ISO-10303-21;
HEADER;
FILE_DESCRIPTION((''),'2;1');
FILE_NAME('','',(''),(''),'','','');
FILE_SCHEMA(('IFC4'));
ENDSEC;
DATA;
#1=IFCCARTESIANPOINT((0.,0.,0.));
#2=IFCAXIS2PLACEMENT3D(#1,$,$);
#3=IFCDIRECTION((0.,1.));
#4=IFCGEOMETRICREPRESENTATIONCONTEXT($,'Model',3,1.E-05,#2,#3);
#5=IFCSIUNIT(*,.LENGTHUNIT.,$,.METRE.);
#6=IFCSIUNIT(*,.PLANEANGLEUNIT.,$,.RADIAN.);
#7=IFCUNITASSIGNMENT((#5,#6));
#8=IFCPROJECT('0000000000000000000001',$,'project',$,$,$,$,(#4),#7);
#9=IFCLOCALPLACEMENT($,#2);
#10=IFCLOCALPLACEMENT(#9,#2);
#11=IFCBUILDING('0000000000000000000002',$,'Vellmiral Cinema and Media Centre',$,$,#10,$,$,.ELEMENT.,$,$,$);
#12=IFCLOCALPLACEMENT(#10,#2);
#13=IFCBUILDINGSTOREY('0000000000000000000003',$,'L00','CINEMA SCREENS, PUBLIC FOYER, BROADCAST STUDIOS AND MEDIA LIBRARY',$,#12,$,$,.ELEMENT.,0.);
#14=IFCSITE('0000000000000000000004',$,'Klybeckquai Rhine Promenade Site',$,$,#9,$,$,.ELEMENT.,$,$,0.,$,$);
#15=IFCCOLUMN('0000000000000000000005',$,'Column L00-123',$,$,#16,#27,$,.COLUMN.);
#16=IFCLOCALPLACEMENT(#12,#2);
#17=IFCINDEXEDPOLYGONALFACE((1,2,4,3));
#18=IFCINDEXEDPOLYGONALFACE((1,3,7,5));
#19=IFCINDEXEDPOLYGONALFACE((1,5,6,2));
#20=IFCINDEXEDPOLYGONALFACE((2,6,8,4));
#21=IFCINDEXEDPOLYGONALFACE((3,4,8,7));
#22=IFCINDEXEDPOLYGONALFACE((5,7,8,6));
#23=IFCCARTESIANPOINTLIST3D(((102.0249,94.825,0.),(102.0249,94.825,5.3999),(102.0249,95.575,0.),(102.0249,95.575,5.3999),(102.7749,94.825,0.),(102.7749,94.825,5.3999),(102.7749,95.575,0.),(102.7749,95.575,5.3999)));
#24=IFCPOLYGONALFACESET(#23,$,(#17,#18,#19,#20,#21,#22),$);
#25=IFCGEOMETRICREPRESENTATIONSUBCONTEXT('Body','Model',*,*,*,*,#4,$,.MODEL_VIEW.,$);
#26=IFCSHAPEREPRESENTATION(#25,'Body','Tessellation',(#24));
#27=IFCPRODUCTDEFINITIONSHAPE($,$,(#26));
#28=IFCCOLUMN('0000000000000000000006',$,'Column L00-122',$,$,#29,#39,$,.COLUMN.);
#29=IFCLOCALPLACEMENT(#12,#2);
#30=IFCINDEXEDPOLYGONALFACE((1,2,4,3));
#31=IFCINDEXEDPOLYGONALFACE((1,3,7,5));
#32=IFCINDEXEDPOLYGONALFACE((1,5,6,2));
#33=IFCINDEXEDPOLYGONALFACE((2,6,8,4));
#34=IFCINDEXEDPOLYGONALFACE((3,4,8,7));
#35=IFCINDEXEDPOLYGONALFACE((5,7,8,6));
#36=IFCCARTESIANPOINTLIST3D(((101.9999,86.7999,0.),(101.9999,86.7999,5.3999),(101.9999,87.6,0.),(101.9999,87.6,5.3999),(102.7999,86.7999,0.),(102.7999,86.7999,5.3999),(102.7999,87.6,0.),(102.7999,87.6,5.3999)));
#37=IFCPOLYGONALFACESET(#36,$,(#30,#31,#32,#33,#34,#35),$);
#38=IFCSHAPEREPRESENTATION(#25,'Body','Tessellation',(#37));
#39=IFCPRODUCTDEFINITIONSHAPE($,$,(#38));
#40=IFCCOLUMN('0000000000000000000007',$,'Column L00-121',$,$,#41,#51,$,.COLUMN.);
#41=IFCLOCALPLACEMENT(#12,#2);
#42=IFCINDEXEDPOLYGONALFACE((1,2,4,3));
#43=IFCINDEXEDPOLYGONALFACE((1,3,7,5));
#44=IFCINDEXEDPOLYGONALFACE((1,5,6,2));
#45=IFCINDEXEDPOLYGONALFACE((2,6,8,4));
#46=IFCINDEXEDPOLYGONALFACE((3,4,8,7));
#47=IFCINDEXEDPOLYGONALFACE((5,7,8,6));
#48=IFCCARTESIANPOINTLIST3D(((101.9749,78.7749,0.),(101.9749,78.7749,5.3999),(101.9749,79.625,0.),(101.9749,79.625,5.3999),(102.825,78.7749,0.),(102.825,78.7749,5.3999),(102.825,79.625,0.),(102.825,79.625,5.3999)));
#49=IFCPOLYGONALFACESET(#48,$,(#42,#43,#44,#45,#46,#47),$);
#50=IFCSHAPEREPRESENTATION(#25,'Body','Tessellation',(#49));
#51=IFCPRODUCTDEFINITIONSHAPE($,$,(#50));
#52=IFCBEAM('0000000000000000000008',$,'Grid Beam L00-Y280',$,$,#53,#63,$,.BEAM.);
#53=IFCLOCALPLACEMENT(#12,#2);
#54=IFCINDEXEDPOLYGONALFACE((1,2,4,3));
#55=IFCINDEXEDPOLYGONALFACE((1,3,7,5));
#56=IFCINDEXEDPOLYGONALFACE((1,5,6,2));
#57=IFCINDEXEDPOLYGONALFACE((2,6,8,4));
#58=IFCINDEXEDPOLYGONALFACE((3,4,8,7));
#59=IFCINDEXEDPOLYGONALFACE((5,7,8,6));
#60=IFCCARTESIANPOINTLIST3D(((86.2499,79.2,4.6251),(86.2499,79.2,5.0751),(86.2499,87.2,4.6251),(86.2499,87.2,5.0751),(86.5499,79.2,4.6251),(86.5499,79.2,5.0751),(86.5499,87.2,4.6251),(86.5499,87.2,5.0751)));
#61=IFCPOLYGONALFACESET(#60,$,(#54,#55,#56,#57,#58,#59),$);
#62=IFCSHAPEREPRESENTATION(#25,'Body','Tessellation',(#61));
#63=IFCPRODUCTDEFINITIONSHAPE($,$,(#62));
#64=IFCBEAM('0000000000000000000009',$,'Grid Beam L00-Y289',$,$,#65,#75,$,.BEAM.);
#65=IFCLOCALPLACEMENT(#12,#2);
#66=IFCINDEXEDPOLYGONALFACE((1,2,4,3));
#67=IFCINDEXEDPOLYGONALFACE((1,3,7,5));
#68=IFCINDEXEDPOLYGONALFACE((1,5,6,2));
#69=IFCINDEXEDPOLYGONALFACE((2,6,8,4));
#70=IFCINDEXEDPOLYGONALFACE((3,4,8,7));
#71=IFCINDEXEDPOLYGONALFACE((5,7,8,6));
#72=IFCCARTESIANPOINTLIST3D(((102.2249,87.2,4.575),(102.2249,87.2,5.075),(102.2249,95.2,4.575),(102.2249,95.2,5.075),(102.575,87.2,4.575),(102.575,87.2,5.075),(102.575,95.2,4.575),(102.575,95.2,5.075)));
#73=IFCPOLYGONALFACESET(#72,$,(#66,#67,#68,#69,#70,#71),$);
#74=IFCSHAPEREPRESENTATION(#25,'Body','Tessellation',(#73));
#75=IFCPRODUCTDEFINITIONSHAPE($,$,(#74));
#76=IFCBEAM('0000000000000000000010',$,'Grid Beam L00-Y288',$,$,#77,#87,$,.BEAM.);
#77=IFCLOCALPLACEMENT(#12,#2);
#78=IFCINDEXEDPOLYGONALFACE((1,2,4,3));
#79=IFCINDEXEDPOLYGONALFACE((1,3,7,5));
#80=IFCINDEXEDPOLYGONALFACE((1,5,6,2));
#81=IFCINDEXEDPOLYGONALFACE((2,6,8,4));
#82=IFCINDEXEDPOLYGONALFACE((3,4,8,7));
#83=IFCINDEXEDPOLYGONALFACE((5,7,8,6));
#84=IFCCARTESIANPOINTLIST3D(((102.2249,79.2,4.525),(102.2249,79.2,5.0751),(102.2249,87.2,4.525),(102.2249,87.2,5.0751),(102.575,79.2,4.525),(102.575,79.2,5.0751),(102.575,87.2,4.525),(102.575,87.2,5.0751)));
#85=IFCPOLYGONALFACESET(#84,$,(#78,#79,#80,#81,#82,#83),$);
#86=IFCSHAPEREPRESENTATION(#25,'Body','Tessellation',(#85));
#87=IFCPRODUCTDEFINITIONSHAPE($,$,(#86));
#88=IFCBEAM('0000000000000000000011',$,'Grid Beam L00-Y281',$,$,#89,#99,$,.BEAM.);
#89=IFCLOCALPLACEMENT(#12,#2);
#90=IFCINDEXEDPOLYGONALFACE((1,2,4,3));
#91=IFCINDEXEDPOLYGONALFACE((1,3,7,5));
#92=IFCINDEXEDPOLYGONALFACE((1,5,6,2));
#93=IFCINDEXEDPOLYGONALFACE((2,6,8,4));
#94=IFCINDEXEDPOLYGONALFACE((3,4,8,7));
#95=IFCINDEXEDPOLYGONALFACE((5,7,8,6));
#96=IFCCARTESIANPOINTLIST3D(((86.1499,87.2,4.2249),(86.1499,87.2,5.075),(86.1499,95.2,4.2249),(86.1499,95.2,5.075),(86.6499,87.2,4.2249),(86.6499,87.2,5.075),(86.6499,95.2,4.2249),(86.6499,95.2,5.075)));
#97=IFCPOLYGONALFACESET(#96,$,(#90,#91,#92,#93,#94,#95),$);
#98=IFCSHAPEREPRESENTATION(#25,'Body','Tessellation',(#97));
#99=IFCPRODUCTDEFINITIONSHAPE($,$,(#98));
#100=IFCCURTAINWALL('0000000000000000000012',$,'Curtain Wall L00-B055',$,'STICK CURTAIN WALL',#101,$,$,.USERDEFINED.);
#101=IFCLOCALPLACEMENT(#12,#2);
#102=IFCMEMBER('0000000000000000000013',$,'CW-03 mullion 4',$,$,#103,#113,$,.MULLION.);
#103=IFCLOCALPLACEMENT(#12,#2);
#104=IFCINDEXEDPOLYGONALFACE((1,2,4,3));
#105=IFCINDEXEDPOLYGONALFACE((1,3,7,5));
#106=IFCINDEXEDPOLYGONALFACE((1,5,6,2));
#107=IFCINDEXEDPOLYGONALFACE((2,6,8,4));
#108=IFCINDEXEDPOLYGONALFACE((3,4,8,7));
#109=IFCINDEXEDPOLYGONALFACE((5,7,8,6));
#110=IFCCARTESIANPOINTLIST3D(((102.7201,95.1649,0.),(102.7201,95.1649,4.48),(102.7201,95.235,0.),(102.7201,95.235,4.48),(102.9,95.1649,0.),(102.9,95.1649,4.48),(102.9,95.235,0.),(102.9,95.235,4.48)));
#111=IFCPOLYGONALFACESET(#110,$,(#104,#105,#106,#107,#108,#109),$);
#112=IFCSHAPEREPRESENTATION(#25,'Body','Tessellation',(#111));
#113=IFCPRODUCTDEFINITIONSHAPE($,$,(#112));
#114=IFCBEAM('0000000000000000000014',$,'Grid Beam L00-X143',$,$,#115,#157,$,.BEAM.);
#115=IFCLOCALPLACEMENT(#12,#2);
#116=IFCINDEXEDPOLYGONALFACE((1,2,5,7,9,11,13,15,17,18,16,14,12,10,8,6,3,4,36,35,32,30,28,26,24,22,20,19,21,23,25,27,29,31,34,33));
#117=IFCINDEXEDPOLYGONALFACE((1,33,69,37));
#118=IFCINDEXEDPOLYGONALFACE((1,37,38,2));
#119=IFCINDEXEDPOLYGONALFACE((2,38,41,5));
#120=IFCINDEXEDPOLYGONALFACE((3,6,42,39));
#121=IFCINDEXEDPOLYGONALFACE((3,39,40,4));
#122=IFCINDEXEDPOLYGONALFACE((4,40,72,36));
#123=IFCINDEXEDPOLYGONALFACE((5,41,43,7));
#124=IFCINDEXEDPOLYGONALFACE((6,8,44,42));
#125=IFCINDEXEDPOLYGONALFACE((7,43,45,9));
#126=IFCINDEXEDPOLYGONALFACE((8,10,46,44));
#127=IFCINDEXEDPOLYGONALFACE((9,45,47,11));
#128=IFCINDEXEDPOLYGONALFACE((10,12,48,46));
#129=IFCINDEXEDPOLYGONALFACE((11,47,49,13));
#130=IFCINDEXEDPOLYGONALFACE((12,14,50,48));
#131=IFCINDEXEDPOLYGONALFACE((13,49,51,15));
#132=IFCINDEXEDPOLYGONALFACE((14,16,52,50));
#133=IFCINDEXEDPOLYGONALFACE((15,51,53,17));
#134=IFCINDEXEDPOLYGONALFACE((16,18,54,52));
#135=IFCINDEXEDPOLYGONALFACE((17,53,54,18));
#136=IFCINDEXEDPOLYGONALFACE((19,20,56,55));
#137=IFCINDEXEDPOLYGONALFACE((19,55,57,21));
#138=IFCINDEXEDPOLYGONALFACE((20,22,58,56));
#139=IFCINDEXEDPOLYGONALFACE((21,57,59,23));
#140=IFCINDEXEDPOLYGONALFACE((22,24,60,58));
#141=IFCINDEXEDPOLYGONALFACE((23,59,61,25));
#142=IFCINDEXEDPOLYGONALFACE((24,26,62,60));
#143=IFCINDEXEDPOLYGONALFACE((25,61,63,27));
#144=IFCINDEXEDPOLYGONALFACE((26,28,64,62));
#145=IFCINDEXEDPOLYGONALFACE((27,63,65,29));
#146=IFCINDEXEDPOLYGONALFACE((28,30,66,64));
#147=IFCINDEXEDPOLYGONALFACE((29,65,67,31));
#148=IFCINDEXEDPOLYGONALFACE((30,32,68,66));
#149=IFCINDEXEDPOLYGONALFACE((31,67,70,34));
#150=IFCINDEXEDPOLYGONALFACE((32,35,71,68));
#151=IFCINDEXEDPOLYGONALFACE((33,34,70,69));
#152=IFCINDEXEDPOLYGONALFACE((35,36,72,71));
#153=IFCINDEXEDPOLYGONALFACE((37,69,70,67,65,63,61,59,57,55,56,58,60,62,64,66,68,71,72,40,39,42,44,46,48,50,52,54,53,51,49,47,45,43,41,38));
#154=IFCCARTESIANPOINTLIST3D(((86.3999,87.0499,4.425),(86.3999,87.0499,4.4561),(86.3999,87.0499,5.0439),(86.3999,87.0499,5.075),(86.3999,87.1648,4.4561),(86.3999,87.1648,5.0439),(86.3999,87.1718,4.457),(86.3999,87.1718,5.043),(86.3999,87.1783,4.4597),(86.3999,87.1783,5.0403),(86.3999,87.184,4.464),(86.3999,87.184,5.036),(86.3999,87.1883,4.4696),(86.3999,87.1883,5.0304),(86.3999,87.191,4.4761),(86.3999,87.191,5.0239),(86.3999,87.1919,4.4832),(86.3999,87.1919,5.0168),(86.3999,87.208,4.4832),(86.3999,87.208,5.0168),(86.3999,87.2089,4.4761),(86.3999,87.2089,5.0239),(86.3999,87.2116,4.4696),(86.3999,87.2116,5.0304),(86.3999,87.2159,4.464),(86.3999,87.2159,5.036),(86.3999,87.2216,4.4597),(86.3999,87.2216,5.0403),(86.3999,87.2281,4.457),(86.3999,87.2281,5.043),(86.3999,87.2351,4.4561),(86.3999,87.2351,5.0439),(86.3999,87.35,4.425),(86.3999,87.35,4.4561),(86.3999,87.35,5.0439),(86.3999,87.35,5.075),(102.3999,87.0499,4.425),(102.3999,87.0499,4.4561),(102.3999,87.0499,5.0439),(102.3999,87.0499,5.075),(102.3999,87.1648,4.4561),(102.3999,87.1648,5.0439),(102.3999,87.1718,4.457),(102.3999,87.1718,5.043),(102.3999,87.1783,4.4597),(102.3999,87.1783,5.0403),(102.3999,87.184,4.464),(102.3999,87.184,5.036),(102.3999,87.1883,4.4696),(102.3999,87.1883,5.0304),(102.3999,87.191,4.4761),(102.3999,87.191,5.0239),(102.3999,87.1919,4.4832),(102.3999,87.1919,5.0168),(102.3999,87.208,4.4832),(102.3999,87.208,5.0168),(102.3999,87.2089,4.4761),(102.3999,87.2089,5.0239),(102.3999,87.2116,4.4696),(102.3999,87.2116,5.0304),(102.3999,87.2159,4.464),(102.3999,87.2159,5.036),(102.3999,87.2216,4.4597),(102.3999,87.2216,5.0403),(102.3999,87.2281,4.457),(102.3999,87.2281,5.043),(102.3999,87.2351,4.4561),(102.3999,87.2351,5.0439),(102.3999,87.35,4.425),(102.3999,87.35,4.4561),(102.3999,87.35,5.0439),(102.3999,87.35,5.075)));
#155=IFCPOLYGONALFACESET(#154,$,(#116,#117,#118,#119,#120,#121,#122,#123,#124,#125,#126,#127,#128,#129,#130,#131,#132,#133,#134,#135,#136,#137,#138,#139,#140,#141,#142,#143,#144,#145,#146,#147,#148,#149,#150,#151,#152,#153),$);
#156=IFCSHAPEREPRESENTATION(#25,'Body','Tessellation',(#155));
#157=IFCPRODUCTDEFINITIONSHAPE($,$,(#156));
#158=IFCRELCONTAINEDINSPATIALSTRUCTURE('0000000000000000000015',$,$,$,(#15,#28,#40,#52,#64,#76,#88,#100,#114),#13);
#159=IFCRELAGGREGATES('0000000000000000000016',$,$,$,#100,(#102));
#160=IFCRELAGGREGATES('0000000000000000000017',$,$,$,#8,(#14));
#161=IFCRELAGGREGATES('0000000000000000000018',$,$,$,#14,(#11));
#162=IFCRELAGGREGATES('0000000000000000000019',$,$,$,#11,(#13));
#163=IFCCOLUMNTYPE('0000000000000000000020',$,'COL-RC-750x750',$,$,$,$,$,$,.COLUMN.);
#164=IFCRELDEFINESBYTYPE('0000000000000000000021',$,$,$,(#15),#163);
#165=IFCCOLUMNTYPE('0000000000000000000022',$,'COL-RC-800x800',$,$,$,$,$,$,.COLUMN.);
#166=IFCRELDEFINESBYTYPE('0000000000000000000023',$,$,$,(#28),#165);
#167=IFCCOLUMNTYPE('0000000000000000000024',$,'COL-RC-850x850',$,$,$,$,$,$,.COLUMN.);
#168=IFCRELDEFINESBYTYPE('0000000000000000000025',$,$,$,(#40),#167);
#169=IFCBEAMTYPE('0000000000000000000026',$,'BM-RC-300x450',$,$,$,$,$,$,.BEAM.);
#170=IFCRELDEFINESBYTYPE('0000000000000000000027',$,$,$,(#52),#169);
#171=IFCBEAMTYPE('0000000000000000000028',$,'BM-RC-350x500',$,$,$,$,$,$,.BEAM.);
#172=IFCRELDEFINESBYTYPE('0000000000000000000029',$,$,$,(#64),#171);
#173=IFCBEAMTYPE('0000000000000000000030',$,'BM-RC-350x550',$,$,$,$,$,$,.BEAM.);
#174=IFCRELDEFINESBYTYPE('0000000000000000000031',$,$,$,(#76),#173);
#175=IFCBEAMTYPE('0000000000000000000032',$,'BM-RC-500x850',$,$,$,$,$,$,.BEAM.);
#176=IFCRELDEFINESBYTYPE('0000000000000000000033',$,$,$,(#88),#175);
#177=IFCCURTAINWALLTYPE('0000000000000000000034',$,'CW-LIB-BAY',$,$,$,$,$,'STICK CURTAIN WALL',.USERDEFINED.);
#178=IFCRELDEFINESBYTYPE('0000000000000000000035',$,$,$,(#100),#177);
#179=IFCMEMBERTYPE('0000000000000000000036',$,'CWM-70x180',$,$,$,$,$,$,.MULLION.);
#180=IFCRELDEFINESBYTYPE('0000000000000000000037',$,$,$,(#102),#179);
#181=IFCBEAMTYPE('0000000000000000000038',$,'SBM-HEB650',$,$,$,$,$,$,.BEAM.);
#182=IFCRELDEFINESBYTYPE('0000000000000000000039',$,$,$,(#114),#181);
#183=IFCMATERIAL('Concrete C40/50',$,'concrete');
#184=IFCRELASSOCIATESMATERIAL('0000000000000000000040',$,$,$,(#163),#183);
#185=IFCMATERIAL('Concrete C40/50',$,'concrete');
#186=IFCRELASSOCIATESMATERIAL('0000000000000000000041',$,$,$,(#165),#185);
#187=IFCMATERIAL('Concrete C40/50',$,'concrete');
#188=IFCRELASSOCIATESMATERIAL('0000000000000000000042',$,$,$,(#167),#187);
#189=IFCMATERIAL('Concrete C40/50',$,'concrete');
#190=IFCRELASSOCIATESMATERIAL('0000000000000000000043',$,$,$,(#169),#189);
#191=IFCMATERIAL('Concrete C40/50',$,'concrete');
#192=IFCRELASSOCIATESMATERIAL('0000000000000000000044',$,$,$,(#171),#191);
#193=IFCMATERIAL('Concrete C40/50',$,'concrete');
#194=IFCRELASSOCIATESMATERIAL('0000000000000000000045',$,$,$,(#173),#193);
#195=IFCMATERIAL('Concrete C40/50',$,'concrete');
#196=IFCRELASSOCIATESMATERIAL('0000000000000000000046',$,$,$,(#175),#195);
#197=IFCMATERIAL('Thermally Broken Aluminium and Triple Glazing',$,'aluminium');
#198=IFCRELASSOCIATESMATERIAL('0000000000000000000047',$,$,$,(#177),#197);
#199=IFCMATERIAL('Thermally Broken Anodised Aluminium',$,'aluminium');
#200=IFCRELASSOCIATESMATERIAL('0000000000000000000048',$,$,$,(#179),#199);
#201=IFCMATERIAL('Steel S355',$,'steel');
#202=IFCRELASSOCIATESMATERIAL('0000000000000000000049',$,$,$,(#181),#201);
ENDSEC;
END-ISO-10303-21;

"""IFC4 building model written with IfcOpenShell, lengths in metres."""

from ifc_helpers import new_model, si_unit, direction, frame, origin, origin_2d, place, context, subcontext, project, spatial, rectangle, i_section, extrude, material, material_profile, profile_set, type_object, element, aggregate, save


model = new_model("IFC4")

# Units and contexts
model_context = context("Model", 3, precision=1e-05, world=origin(), true_north=direction((0.0, 1.0)))
body_context = subcontext(model_context, "Body", "Model", "MODEL_VIEW")
ifc_project = project(units=[si_unit("LENGTHUNIT", "METRE"), si_unit("PLANEANGLEUNIT", "RADIAN")], contexts=[model_context])

# Site, building, storey
site_placement = place(None, origin())
site = spatial("IfcSite", under=ifc_project, at=site_placement, Name="Klybeckquai Rhine Promenade Site", CompositionType="ELEMENT", RefElevation=0.0)
building_placement = place(site_placement, origin())
building = spatial("IfcBuilding", under=site, at=building_placement, Name="Vellmiral Cinema and Media Centre", CompositionType="ELEMENT")
storey_placement = place(building_placement, origin())
storey = spatial("IfcBuildingStorey", under=building, at=storey_placement, Name="L00", Description="CINEMA SCREENS, PUBLIC FOYER, BROADCAST STUDIOS AND MEDIA LIBRARY", CompositionType="ELEMENT", Elevation=0.0)

# Columns
ifc_material_1 = material(Name="Concrete C40/50", Category="concrete")
ifc_material_profile_1 = material_profile(ifc_material_1, rectangle(XDim=0.75, YDim=0.75, at=origin_2d()), Name="RC 750x750")
ifc_profile_set_1 = profile_set([ifc_material_profile_1], Name="Concrete C40/50")
column_type_1 = type_object("IfcColumnType", Name="COL-RC-750x750", PredefinedType="COLUMN", material=ifc_profile_set_1)
column_1_placement = place(storey_placement, frame((102.3999, 95.2, 0.0), z_axis=(0.0, 0.0, 1.0), x_axis=(1.0, 0.0, 0.0)))
element("IfcColumn", 1, at=column_1_placement, inside=storey, type_object=column_type_1, Name="Column L00-123", PredefinedType="COLUMN", context=body_context, shape_type="SweptSolid", body=[
    extrude(rectangle(XDim=0.75, YDim=0.75, at=origin_2d()), origin(), (0.0, 0.0, 1.0), 5.3999),
])
ifc_material_2 = material(Name="Concrete C40/50", Category="concrete")
ifc_material_profile_2 = material_profile(ifc_material_2, rectangle(XDim=0.8, YDim=0.8, at=origin_2d()), Name="RC 800x800")
ifc_profile_set_2 = profile_set([ifc_material_profile_2], Name="Concrete C40/50")
column_type_2 = type_object("IfcColumnType", Name="COL-RC-800x800", PredefinedType="COLUMN", material=ifc_profile_set_2)
column_2_placement = place(storey_placement, frame((102.3999, 87.2, 0.0), z_axis=(0.0, 0.0, 1.0), x_axis=(1.0, 0.0, 0.0)))
element("IfcColumn", 2, at=column_2_placement, inside=storey, type_object=column_type_2, Name="Column L00-122", PredefinedType="COLUMN", context=body_context, shape_type="SweptSolid", body=[
    extrude(rectangle(XDim=0.8, YDim=0.8, at=origin_2d()), origin(), (0.0, 0.0, 1.0), 5.3999),
])
ifc_material_3 = material(Name="Concrete C40/50", Category="concrete")
ifc_material_profile_3 = material_profile(ifc_material_3, rectangle(XDim=0.8501, YDim=0.8501, at=origin_2d()), Name="RC 850x850")
ifc_profile_set_3 = profile_set([ifc_material_profile_3], Name="Concrete C40/50")
column_type_3 = type_object("IfcColumnType", Name="COL-RC-850x850", PredefinedType="COLUMN", material=ifc_profile_set_3)
column_3_placement = place(storey_placement, frame((102.3999, 79.2, 0.0), z_axis=(0.0, 0.0, 1.0), x_axis=(1.0, 0.0, 0.0)))
element("IfcColumn", 3, at=column_3_placement, inside=storey, type_object=column_type_3, Name="Column L00-121", PredefinedType="COLUMN", context=body_context, shape_type="SweptSolid", body=[
    extrude(rectangle(XDim=0.8501, YDim=0.8501, at=origin_2d()), origin(), (0.0, 0.0, 1.0), 5.3999),
])

# Beams
ifc_material_4 = material(Name="Concrete C40/50", Category="concrete")
ifc_material_profile_4 = material_profile(ifc_material_4, rectangle(XDim=0.3, YDim=0.45, at=origin_2d()), Name="RC 300x450")
ifc_profile_set_4 = profile_set([ifc_material_profile_4], Name="Concrete C40/50")
beam_type_1 = type_object("IfcBeamType", Name="BM-RC-300x450", PredefinedType="BEAM", material=ifc_profile_set_4)
beam_1_placement = place(storey_placement, frame((86.3999, 79.2, 4.8501), z_axis=(0.0, 1.0, 0.0), x_axis=(-1.0, 0.0, 0.0)))
element("IfcBeam", 4, at=beam_1_placement, inside=storey, type_object=beam_type_1, Name="Grid Beam L00-Y280", PredefinedType="BEAM", context=body_context, shape_type="SweptSolid", body=[
    extrude(rectangle(XDim=0.3, YDim=0.45, at=origin_2d()), origin(), (0.0, 0.0, 1.0), 8.0),
])
ifc_material_5 = material(Name="Concrete C40/50", Category="concrete")
ifc_material_profile_5 = material_profile(ifc_material_5, rectangle(XDim=0.3501, YDim=0.5, at=origin_2d()), Name="RC 350x500")
ifc_profile_set_5 = profile_set([ifc_material_profile_5], Name="Concrete C40/50")
beam_type_2 = type_object("IfcBeamType", Name="BM-RC-350x500", PredefinedType="BEAM", material=ifc_profile_set_5)
beam_2_placement = place(storey_placement, frame((102.3999, 87.2, 4.825), z_axis=(0.0, 1.0, 0.0), x_axis=(-1.0, 0.0, 0.0)))
element("IfcBeam", 5, at=beam_2_placement, inside=storey, type_object=beam_type_2, Name="Grid Beam L00-Y289", PredefinedType="BEAM", context=body_context, shape_type="SweptSolid", body=[
    extrude(rectangle(XDim=0.3501, YDim=0.5, at=origin_2d()), origin(), (0.0, 0.0, 1.0), 8.0),
])
ifc_material_6 = material(Name="Concrete C40/50", Category="concrete")
ifc_material_profile_6 = material_profile(ifc_material_6, rectangle(XDim=0.3501, YDim=0.55, at=origin_2d()), Name="RC 350x550")
ifc_profile_set_6 = profile_set([ifc_material_profile_6], Name="Concrete C40/50")
beam_type_3 = type_object("IfcBeamType", Name="BM-RC-350x550", PredefinedType="BEAM", material=ifc_profile_set_6)
beam_3_placement = place(storey_placement, frame((102.3999, 79.2, 4.8), z_axis=(0.0, 1.0, 0.0), x_axis=(-1.0, 0.0, 0.0)))
element("IfcBeam", 6, at=beam_3_placement, inside=storey, type_object=beam_type_3, Name="Grid Beam L00-Y288", PredefinedType="BEAM", context=body_context, shape_type="SweptSolid", body=[
    extrude(rectangle(XDim=0.3501, YDim=0.55, at=origin_2d()), origin(), (0.0, 0.0, 1.0), 8.0),
])
ifc_material_7 = material(Name="Concrete C40/50", Category="concrete")
ifc_material_profile_7 = material_profile(ifc_material_7, rectangle(XDim=0.5, YDim=0.8501, at=origin_2d()), Name="RC 500x850")
ifc_profile_set_7 = profile_set([ifc_material_profile_7], Name="Concrete C40/50")
beam_type_4 = type_object("IfcBeamType", Name="BM-RC-500x850", PredefinedType="BEAM", material=ifc_profile_set_7)
beam_4_placement = place(storey_placement, frame((86.3999, 87.2, 4.6499), z_axis=(0.0, 1.0, 0.0), x_axis=(-1.0, 0.0, 0.0)))
element("IfcBeam", 7, at=beam_4_placement, inside=storey, type_object=beam_type_4, Name="Grid Beam L00-Y281", PredefinedType="BEAM", context=body_context, shape_type="SweptSolid", body=[
    extrude(rectangle(XDim=0.5, YDim=0.8501, at=origin_2d()), origin(), (0.0, 0.0, 1.0), 8.0),
])

# Curtain wall, member
ifc_material_8 = material(Name="Thermally Broken Aluminium and Triple Glazing", Category="aluminium")
curtain_wall_type = type_object("IfcCurtainWallType", Name="CW-LIB-BAY", ElementType="STICK CURTAIN WALL", PredefinedType="USERDEFINED", material=ifc_material_8)
curtain_wall_placement = place(storey_placement, origin())
curtain_wall = element("IfcCurtainWall", 8, at=curtain_wall_placement, inside=storey, type_object=curtain_wall_type, Name="Curtain Wall L00-B055", ObjectType="STICK CURTAIN WALL", PredefinedType="USERDEFINED")
ifc_material_9 = material(Name="Thermally Broken Anodised Aluminium", Category="aluminium")
ifc_material_profile_8 = material_profile(ifc_material_9, rectangle(XDim=0.0701, YDim=0.1799, at=origin_2d()), Name="MULL 70x180")
ifc_profile_set_8 = profile_set([ifc_material_profile_8], Name="Thermally Broken Anodised Aluminium")
member_type = type_object("IfcMemberType", Name="CWM-70x180", PredefinedType="MULLION", material=ifc_profile_set_8)
member_placement = place(storey_placement, frame((102.8101, 95.2, 0.0), z_axis=(0.0, 0.0, 1.0), x_axis=(0.0, -1.0, 0.0)))
member = element("IfcMember", 9, at=member_placement, type_object=member_type, Name="CW-03 mullion 4", PredefinedType="MULLION", context=body_context, shape_type="SweptSolid", body=[
    extrude(rectangle(XDim=0.0701, YDim=0.1799, at=origin_2d()), origin(), (0.0, 0.0, 1.0), 4.48),
])

# Beam
ifc_material_10 = material(Name="Steel S355", Category="steel")
ifc_material_profile_9 = material_profile(ifc_material_10, i_section(OverallWidth=0.3, OverallDepth=0.6499, WebThickness=0.0161, FlangeThickness=0.031, FilletRadius=0.0271, at=origin_2d()), Name="HEB 650")
ifc_profile_set_9 = profile_set([ifc_material_profile_9], Name="Steel S355")
beam_type_5 = type_object("IfcBeamType", Name="SBM-HEB650", PredefinedType="BEAM", material=ifc_profile_set_9)
beam_5_placement = place(storey_placement, frame((86.3999, 87.2, 4.75), z_axis=(1.0, 0.0, 0.0), x_axis=(0.0, 1.0, 0.0)))
element("IfcBeam", 10, at=beam_5_placement, inside=storey, type_object=beam_type_5, Name="Grid Beam L00-X143", PredefinedType="BEAM", context=body_context, shape_type="SweptSolid", body=[
    extrude(i_section(OverallWidth=0.3, OverallDepth=0.6499, WebThickness=0.0161, FlangeThickness=0.031, FilletRadius=0.0271, at=origin_2d()), origin(), (0.0, 0.0, 1.0), 16.0),
])

aggregate(curtain_wall, [member])

save(model, "model.ifc")
